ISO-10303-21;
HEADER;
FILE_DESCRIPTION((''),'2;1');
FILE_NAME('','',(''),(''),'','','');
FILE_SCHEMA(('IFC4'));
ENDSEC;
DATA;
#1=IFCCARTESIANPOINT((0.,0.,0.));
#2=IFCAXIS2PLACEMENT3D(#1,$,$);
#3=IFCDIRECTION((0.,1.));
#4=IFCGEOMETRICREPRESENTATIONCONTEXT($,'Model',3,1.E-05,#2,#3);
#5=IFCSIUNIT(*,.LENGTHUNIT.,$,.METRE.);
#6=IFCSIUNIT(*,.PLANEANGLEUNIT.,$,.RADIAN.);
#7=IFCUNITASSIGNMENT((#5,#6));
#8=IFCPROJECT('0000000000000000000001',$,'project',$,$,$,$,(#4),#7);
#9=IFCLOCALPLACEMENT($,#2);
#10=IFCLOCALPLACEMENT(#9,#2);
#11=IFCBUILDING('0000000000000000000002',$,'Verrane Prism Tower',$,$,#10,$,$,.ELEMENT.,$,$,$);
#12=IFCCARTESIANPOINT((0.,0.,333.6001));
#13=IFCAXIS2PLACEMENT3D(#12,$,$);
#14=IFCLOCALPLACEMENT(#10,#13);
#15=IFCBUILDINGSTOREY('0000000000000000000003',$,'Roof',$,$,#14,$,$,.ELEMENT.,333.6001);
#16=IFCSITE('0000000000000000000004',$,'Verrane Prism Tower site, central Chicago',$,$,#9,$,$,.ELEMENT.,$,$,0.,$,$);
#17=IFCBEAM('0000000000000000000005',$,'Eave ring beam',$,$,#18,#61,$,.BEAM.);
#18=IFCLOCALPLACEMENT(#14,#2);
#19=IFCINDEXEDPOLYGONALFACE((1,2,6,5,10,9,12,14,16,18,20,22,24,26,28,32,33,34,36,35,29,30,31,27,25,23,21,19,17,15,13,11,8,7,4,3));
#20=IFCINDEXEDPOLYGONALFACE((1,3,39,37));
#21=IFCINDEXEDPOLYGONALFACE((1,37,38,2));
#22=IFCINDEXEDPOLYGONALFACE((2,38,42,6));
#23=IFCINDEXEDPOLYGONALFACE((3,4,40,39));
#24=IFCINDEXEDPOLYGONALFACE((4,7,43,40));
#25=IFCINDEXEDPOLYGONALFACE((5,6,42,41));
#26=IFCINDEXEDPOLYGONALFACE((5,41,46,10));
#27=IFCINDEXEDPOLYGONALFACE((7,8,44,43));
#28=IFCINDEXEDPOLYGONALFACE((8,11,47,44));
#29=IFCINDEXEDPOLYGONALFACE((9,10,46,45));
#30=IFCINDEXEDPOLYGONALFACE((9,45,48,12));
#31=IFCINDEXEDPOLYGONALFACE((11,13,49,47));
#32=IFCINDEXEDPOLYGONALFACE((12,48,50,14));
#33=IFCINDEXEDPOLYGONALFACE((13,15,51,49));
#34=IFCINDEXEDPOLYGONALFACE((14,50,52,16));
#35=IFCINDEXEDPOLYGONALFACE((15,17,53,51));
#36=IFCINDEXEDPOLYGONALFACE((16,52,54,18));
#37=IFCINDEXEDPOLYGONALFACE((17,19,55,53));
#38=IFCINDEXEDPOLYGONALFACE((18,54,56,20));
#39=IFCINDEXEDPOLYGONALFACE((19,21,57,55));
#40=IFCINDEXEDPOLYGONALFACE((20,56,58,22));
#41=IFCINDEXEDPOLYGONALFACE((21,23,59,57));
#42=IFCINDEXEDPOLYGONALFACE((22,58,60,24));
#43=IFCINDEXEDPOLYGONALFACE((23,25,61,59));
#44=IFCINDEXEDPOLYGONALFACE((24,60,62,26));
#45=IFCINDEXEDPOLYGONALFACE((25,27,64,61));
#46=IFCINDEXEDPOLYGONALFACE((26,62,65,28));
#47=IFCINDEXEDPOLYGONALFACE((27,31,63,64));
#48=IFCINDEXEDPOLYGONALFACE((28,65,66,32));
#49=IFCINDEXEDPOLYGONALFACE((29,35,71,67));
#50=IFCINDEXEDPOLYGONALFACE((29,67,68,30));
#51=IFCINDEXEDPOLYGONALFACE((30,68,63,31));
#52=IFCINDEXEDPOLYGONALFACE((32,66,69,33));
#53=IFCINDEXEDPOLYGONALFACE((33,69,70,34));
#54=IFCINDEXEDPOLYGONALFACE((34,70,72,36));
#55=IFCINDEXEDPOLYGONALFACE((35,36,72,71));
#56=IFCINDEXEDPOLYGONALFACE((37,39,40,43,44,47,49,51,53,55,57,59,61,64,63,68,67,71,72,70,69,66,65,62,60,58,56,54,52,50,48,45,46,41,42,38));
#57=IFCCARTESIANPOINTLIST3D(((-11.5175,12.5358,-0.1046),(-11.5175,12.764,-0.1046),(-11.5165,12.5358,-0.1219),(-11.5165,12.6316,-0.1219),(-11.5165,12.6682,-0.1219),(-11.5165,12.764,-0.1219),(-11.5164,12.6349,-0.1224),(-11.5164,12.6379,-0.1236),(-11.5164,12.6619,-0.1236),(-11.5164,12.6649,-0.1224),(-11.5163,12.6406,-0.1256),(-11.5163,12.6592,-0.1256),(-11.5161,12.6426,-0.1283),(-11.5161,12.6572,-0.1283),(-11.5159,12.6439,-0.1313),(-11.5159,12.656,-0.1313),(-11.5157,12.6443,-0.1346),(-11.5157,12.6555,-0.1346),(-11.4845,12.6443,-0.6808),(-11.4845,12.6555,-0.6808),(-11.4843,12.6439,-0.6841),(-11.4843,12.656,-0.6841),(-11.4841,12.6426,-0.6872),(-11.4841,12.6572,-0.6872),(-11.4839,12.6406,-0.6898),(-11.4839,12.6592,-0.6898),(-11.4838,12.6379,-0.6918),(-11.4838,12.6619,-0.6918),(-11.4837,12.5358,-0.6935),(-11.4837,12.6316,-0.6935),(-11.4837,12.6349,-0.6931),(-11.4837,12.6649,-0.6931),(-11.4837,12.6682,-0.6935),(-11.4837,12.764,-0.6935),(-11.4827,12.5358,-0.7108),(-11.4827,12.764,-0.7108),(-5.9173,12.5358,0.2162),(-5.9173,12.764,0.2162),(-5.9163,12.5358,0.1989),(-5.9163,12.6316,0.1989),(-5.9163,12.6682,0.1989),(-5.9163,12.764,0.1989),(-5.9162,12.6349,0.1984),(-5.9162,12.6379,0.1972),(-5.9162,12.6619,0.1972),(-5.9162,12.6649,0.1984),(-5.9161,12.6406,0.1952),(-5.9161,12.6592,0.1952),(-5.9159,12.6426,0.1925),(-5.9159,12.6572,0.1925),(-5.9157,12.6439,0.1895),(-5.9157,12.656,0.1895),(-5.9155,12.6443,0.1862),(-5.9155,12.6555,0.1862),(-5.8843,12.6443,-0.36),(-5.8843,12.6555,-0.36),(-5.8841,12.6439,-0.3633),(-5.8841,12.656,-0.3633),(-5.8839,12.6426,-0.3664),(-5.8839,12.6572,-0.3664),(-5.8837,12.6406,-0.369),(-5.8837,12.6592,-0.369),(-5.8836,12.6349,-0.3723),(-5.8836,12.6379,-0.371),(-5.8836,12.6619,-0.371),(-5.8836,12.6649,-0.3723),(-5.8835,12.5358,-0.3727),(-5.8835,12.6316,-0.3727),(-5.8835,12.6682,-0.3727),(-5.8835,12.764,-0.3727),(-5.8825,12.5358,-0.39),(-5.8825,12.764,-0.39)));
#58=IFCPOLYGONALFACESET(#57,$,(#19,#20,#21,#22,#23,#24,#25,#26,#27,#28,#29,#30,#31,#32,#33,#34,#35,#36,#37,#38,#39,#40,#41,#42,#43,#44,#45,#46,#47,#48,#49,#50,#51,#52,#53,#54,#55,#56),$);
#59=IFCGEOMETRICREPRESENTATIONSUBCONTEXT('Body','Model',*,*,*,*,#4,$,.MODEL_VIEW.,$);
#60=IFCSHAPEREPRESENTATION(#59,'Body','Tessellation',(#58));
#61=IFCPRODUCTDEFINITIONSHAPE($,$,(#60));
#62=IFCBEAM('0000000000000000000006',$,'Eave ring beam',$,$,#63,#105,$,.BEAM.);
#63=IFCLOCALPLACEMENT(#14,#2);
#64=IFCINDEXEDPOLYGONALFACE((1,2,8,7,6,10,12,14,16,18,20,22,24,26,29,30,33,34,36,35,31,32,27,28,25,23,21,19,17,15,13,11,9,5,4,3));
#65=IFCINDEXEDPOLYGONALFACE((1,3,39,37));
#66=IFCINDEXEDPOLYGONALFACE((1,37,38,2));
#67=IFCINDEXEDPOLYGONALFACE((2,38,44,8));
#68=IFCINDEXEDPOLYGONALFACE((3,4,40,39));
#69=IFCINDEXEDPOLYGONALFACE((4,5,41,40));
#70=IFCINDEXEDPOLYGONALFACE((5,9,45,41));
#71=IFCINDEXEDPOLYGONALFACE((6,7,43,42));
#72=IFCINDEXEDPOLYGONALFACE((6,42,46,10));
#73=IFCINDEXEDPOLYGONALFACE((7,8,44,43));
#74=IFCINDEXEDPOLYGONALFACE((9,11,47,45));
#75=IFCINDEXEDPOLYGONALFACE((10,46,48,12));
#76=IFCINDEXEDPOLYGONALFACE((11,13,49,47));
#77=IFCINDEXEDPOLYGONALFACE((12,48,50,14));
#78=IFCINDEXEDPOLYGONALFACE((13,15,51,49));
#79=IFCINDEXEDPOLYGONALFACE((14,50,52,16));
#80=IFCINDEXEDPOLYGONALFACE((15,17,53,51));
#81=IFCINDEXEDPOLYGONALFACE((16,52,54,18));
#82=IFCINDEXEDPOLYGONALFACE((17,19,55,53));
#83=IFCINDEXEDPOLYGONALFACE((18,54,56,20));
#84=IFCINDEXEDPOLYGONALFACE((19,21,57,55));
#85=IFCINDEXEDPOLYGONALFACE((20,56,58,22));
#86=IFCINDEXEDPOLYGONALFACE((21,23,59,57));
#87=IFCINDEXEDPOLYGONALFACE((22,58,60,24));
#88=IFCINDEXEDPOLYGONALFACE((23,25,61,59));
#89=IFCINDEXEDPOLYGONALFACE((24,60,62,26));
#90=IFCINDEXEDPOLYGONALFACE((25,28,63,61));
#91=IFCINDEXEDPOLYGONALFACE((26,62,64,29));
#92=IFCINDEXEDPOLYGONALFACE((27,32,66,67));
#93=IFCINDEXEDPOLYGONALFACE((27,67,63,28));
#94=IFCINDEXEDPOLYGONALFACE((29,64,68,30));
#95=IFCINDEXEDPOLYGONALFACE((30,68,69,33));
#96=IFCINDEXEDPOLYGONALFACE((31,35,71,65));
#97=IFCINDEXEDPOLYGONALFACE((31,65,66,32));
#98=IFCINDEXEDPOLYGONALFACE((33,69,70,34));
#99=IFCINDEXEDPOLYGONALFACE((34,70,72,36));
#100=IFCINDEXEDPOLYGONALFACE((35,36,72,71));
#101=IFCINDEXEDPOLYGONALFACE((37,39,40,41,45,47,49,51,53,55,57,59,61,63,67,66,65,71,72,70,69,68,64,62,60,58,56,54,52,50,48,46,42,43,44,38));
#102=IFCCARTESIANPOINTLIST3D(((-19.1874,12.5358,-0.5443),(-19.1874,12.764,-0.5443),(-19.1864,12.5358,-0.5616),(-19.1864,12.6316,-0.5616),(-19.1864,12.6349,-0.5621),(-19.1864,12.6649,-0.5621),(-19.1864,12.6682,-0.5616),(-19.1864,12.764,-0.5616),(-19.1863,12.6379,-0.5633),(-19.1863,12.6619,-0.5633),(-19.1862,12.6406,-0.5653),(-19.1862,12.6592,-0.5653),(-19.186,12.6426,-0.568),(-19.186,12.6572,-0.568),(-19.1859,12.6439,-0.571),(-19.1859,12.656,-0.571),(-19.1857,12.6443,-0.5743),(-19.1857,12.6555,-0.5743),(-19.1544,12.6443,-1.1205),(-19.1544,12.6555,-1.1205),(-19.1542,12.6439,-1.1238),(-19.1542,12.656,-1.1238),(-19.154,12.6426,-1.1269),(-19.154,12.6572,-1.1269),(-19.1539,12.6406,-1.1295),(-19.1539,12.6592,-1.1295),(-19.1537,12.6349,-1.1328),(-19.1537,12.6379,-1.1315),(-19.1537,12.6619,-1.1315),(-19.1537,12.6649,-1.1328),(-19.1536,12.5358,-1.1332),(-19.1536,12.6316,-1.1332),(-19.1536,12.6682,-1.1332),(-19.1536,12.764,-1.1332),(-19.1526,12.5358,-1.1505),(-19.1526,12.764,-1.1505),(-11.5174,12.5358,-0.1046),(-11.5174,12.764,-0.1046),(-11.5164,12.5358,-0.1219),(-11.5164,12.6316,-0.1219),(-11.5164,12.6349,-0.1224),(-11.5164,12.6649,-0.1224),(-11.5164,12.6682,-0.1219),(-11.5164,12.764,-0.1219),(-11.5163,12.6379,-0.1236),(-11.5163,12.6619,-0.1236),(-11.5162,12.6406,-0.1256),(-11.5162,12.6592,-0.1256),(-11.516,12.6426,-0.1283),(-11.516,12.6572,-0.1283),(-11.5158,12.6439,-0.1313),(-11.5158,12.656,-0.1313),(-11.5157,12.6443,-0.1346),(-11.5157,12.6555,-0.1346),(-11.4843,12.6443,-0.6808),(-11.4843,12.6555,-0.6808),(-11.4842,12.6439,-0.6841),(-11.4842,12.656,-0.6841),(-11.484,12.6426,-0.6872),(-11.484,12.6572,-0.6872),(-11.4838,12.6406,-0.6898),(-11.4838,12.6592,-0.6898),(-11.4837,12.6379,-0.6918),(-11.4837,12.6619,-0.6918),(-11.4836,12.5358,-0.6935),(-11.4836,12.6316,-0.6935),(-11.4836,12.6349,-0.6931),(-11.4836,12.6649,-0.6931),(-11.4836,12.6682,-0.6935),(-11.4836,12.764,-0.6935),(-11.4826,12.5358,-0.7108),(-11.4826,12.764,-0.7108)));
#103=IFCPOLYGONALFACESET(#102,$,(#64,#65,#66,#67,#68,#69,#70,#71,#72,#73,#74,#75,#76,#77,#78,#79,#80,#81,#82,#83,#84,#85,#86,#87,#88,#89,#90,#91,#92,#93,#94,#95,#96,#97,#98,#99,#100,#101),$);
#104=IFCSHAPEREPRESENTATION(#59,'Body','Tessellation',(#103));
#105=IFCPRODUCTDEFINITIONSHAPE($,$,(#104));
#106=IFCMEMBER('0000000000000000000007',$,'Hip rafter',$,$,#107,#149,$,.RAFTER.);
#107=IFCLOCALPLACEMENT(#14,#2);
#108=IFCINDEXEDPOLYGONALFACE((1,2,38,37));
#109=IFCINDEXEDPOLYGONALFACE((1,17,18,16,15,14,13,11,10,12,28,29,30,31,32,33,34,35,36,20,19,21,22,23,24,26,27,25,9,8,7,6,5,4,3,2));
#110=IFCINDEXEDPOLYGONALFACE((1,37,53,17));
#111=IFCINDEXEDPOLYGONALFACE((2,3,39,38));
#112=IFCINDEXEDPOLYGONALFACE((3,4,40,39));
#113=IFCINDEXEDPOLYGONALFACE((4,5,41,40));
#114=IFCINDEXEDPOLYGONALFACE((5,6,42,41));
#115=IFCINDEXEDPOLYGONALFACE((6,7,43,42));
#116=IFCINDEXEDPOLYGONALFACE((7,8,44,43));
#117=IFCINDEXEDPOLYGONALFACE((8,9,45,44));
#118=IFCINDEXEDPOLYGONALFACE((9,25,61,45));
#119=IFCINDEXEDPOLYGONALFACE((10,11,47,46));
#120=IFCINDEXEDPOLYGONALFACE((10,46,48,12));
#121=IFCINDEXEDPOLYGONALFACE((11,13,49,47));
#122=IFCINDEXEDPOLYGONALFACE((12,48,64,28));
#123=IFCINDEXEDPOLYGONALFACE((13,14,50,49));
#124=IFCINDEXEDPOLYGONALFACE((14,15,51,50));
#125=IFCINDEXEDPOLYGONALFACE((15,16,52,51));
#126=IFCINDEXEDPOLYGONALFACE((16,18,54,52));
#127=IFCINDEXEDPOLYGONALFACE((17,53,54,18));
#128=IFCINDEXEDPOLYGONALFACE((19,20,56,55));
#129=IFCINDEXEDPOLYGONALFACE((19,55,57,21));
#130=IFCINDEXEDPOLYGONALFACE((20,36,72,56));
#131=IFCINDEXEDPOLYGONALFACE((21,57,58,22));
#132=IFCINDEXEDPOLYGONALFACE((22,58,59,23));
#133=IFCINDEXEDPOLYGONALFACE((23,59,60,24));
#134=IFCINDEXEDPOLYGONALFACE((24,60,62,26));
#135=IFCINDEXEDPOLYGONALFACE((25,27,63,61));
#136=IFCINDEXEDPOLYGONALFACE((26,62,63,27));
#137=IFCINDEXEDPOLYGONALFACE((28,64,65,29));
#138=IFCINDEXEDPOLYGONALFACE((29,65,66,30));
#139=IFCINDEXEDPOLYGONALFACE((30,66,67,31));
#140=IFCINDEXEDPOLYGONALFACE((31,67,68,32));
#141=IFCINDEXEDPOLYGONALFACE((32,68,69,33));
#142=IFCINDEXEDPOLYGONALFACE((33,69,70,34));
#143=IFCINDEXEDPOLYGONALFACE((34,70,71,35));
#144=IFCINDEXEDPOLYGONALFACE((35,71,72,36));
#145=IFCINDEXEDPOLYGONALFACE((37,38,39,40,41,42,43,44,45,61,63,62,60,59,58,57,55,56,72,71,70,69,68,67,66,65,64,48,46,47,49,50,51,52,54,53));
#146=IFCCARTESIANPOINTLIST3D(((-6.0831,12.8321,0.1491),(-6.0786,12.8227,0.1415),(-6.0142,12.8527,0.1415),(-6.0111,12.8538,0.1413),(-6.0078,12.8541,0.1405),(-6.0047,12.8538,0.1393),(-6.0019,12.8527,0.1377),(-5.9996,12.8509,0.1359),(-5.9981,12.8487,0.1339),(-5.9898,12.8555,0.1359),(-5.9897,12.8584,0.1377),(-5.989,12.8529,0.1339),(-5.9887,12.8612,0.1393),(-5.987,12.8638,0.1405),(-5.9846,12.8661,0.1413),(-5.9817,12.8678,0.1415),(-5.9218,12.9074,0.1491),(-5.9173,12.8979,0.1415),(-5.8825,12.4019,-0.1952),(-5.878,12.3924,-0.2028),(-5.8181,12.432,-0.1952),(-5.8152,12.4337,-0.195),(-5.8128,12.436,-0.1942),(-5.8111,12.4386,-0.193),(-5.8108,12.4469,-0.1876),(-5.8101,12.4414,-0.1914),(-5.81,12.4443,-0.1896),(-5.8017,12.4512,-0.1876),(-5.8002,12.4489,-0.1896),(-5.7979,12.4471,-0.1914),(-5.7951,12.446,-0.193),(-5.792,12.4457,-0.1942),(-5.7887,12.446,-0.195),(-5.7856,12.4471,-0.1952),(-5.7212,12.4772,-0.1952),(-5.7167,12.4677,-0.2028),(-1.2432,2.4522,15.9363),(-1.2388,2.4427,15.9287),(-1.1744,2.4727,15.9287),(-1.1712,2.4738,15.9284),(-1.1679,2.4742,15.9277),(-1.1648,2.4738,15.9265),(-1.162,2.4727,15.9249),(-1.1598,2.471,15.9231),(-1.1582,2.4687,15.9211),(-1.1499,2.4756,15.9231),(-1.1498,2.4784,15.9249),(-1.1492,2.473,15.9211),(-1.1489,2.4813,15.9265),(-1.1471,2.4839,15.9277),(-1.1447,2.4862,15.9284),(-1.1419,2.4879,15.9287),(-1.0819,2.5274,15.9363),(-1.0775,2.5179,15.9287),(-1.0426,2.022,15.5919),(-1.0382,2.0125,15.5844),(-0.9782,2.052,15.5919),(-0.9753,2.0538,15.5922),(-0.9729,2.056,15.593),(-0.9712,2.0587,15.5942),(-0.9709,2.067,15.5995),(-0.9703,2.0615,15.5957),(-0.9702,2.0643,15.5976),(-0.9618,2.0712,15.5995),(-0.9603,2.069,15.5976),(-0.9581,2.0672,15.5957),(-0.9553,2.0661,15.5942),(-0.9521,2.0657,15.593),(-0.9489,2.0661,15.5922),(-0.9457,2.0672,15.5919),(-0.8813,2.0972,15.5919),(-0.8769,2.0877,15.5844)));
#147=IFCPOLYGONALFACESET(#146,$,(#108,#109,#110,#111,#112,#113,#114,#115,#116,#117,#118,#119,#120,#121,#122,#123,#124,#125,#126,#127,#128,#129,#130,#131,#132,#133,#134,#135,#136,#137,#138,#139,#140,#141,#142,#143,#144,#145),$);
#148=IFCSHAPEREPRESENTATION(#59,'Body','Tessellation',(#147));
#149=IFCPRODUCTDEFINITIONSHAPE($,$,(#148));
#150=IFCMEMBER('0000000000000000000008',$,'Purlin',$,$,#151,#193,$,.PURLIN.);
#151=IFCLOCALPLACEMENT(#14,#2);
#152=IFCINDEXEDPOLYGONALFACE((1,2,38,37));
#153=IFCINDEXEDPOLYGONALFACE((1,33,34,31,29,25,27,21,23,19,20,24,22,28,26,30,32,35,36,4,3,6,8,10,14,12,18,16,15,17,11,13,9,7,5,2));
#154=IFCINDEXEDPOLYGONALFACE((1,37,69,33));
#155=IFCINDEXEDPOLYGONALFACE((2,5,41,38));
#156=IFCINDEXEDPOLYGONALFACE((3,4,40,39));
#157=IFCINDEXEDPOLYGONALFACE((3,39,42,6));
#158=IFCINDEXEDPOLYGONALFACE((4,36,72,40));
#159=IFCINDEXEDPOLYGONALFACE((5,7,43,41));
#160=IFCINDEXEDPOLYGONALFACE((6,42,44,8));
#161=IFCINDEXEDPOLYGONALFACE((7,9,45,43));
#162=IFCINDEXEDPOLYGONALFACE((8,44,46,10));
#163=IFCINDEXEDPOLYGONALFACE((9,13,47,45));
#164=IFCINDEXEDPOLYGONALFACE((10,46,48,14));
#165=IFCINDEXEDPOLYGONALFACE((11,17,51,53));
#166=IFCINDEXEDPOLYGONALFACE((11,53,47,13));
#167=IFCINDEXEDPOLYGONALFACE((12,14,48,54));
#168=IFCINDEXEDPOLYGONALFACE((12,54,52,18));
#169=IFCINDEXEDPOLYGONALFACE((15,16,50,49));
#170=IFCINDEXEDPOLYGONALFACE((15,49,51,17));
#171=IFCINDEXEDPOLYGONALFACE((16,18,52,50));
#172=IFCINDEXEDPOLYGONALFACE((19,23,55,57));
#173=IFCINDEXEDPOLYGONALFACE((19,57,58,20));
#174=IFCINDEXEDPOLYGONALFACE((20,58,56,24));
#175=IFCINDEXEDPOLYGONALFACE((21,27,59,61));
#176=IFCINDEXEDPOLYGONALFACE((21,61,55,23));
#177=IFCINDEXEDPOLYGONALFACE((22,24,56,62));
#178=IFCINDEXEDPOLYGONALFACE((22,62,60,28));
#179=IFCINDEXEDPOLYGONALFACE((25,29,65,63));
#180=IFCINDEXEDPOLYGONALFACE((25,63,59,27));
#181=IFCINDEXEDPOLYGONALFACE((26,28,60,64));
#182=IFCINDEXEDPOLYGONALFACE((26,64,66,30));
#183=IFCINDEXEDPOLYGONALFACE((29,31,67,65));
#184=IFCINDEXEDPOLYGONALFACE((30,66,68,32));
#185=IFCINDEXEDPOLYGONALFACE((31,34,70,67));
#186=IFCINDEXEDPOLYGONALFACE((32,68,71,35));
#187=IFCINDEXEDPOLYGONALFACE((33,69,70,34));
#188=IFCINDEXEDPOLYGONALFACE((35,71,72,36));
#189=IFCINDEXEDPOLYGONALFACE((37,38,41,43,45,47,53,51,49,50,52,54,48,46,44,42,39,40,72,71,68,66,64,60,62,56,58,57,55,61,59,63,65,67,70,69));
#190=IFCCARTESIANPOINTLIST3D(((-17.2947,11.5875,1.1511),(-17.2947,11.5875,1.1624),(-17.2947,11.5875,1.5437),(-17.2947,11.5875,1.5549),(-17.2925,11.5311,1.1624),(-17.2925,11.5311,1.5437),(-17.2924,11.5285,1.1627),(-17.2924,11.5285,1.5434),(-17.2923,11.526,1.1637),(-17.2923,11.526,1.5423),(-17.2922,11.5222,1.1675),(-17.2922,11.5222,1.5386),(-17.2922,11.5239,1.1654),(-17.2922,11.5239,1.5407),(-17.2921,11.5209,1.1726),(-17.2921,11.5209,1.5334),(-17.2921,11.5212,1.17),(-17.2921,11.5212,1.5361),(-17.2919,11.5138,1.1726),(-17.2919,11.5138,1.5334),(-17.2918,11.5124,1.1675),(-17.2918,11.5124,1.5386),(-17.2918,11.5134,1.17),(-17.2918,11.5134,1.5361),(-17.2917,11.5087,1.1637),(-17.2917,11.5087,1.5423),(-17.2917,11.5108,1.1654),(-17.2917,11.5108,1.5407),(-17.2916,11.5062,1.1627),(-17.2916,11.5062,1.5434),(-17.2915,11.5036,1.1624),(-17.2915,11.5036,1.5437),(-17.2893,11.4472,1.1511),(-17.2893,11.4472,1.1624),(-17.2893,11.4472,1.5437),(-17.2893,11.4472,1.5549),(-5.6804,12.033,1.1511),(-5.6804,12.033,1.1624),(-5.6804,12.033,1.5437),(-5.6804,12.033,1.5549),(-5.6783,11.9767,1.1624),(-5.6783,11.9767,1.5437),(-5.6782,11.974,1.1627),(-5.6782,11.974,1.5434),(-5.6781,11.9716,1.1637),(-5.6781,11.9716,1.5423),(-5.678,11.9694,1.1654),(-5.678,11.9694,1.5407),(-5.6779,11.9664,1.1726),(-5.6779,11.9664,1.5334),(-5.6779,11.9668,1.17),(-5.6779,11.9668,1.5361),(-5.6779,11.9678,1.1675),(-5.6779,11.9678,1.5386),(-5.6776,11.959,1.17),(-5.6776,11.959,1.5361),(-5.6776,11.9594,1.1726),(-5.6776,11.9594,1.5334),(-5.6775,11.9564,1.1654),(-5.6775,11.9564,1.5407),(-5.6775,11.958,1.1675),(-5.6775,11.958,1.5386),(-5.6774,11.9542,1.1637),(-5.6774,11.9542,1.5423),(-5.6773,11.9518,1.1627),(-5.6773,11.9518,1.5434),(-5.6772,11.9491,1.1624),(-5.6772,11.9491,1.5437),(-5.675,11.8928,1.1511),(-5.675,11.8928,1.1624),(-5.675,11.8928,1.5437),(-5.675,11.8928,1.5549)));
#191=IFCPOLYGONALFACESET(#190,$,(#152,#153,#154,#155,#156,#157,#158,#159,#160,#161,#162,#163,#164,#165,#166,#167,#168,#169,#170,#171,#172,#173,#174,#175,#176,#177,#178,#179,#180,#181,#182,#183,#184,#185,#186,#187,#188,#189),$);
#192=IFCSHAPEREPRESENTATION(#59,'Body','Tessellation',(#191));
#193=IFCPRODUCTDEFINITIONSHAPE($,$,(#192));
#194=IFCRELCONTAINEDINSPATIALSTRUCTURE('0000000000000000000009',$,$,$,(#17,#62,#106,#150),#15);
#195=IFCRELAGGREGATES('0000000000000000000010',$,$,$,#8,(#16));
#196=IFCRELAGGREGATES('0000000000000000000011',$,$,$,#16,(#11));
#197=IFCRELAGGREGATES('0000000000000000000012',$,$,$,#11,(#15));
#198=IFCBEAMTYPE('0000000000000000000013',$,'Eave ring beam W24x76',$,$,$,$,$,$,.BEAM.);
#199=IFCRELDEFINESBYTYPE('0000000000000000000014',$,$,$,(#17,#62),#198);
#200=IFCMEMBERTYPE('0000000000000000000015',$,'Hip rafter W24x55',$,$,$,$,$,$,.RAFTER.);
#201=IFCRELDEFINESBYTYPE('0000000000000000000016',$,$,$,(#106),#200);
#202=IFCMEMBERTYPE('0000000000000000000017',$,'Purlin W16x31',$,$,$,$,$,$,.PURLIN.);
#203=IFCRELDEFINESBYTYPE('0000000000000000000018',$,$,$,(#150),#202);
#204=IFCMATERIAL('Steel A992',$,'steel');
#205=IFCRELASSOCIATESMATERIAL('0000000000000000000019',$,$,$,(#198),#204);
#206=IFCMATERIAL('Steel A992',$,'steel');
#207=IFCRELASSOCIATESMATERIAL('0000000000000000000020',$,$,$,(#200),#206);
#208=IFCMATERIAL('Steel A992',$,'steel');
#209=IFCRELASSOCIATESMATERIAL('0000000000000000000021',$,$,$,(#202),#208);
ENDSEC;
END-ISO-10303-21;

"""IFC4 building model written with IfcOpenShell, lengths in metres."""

from ifc_helpers import new_model, si_unit, direction, frame, origin, origin_2d, place, context, subcontext, project, spatial, i_section, extrude, material, material_profile, profile_set, type_object, element, save


model = new_model("IFC4")

# Units and contexts
model_context = context("Model", 3, precision=1e-05, world=origin(), true_north=direction((0.0, 1.0)))
body_context = subcontext(model_context, "Body", "Model", "MODEL_VIEW")
ifc_project = project(units=[si_unit("LENGTHUNIT", "METRE"), si_unit("PLANEANGLEUNIT", "RADIAN")], contexts=[model_context])

# Site, building, storey
site_placement = place(None, origin())
site = spatial("IfcSite", under=ifc_project, at=site_placement, Name="Verrane Prism Tower site, central Chicago", CompositionType="ELEMENT", RefElevation=0.0)
building_placement = place(site_placement, origin())
building = spatial("IfcBuilding", under=site, at=building_placement, Name="Verrane Prism Tower", CompositionType="ELEMENT")
storey_placement = place(building_placement, frame((0.0, 0.0, 333.6001)))
storey = spatial("IfcBuildingStorey", under=building, at=storey_placement, Name="Roof", CompositionType="ELEMENT", Elevation=333.6001)

# Beams
ifc_material_1 = material(Name="Steel A992", Category="steel")
ifc_material_profile_1 = material_profile(ifc_material_1, i_section(OverallWidth=0.2283, OverallDepth=0.6072, WebThickness=0.0112, FlangeThickness=0.0173, FilletRadius=0.0127, at=origin_2d()), Name="W24x76")
ifc_profile_set_1 = profile_set([ifc_material_profile_1], Name="Steel A992")
beam_type = type_object("IfcBeamType", Name="Eave ring beam W24x76", PredefinedType="BEAM", material=ifc_profile_set_1)
beam_1_placement = place(storey_placement, frame((-5.8999, 12.6499, -0.0869), z_axis=(-0.998363, 0.0, -0.057191), x_axis=(0.0, -1.0, 0.0)))
element("IfcBeam", 1, at=beam_1_placement, inside=storey, type_object=beam_type, Name="Eave ring beam", PredefinedType="BEAM", context=body_context, shape_type="SweptSolid", body=[
    extrude(i_section(OverallWidth=0.2283, OverallDepth=0.6072, WebThickness=0.0112, FlangeThickness=0.0173, FilletRadius=0.0127, at=origin_2d()), origin(), (0.0, 0.0, 1.0), 5.6094),
])
beam_2_placement = place(storey_placement, frame((-11.5, 12.6499, -0.4077), z_axis=(-0.998361, 0.0, -0.057234), x_axis=(0.0, -1.0, 0.0)))
element("IfcBeam", 2, at=beam_2_placement, inside=storey, type_object=beam_type, Name="Eave ring beam", PredefinedType="BEAM", context=body_context, shape_type="SweptSolid", body=[
    extrude(i_section(OverallWidth=0.2283, OverallDepth=0.6072, WebThickness=0.0112, FlangeThickness=0.0173, FilletRadius=0.0127, at=origin_2d()), origin(), (0.0, 0.0, 1.0), 7.6826),
])

# Members
ifc_material_2 = material(Name="Steel A992", Category="steel")
ifc_material_profile_2 = material_profile(ifc_material_2, i_section(OverallWidth=0.178, OverallDepth=0.5994, WebThickness=0.01, FlangeThickness=0.0129, FilletRadius=0.0129, at=origin_2d()), Name="W24x55")
ifc_profile_set_2 = profile_set([ifc_material_profile_2], Name="Steel A992")
member_type_1 = type_object("IfcMemberType", Name="Hip rafter W24x55", PredefinedType="RAFTER", material=ifc_profile_set_2)
member_1_placement = place(storey_placement, frame((-5.8999, 12.6499, -0.0269), z_axis=(0.248149, -0.532198, 0.809437), x_axis=(0.90632, 0.422591, 0.0)))
element("IfcMember", 3, at=member_1_placement, inside=storey, type_object=member_type_1, Name="Hip rafter", PredefinedType="RAFTER", context=body_context, shape_type="SweptSolid", body=[
    extrude(i_section(OverallWidth=0.178, OverallDepth=0.5994, WebThickness=0.01, FlangeThickness=0.0129, FilletRadius=0.0129, at=origin_2d()), origin(), (0.0, 0.0, 1.0), 19.5039),
])
ifc_material_3 = material(Name="Steel A992", Category="steel")
ifc_material_profile_3 = material_profile(ifc_material_3, i_section(OverallWidth=0.1404, OverallDepth=0.4038, WebThickness=0.0071, FlangeThickness=0.0112, FilletRadius=0.0103, at=origin_2d()), Name="W16x31")
ifc_profile_set_3 = profile_set([ifc_material_profile_3], Name="Steel A992")
member_type_2 = type_object("IfcMemberType", Name="Purlin W16x31", PredefinedType="PURLIN", material=ifc_profile_set_3)
member_2_placement = place(storey_placement, frame((-5.6777, 11.9629, 1.353), z_axis=(-0.999265, -0.038335, 0.0), x_axis=(0.038335, -0.999265, 0.0)))
element("IfcMember", 4, at=member_2_placement, inside=storey, type_object=member_type_2, Name="Purlin", PredefinedType="PURLIN", context=body_context, shape_type="SweptSolid", body=[
    extrude(i_section(OverallWidth=0.1404, OverallDepth=0.4038, WebThickness=0.0071, FlangeThickness=0.0112, FilletRadius=0.0103, at=origin_2d()), origin(), (0.0, 0.0, 1.0), 11.6228),
])

save(model, "model.ifc")
